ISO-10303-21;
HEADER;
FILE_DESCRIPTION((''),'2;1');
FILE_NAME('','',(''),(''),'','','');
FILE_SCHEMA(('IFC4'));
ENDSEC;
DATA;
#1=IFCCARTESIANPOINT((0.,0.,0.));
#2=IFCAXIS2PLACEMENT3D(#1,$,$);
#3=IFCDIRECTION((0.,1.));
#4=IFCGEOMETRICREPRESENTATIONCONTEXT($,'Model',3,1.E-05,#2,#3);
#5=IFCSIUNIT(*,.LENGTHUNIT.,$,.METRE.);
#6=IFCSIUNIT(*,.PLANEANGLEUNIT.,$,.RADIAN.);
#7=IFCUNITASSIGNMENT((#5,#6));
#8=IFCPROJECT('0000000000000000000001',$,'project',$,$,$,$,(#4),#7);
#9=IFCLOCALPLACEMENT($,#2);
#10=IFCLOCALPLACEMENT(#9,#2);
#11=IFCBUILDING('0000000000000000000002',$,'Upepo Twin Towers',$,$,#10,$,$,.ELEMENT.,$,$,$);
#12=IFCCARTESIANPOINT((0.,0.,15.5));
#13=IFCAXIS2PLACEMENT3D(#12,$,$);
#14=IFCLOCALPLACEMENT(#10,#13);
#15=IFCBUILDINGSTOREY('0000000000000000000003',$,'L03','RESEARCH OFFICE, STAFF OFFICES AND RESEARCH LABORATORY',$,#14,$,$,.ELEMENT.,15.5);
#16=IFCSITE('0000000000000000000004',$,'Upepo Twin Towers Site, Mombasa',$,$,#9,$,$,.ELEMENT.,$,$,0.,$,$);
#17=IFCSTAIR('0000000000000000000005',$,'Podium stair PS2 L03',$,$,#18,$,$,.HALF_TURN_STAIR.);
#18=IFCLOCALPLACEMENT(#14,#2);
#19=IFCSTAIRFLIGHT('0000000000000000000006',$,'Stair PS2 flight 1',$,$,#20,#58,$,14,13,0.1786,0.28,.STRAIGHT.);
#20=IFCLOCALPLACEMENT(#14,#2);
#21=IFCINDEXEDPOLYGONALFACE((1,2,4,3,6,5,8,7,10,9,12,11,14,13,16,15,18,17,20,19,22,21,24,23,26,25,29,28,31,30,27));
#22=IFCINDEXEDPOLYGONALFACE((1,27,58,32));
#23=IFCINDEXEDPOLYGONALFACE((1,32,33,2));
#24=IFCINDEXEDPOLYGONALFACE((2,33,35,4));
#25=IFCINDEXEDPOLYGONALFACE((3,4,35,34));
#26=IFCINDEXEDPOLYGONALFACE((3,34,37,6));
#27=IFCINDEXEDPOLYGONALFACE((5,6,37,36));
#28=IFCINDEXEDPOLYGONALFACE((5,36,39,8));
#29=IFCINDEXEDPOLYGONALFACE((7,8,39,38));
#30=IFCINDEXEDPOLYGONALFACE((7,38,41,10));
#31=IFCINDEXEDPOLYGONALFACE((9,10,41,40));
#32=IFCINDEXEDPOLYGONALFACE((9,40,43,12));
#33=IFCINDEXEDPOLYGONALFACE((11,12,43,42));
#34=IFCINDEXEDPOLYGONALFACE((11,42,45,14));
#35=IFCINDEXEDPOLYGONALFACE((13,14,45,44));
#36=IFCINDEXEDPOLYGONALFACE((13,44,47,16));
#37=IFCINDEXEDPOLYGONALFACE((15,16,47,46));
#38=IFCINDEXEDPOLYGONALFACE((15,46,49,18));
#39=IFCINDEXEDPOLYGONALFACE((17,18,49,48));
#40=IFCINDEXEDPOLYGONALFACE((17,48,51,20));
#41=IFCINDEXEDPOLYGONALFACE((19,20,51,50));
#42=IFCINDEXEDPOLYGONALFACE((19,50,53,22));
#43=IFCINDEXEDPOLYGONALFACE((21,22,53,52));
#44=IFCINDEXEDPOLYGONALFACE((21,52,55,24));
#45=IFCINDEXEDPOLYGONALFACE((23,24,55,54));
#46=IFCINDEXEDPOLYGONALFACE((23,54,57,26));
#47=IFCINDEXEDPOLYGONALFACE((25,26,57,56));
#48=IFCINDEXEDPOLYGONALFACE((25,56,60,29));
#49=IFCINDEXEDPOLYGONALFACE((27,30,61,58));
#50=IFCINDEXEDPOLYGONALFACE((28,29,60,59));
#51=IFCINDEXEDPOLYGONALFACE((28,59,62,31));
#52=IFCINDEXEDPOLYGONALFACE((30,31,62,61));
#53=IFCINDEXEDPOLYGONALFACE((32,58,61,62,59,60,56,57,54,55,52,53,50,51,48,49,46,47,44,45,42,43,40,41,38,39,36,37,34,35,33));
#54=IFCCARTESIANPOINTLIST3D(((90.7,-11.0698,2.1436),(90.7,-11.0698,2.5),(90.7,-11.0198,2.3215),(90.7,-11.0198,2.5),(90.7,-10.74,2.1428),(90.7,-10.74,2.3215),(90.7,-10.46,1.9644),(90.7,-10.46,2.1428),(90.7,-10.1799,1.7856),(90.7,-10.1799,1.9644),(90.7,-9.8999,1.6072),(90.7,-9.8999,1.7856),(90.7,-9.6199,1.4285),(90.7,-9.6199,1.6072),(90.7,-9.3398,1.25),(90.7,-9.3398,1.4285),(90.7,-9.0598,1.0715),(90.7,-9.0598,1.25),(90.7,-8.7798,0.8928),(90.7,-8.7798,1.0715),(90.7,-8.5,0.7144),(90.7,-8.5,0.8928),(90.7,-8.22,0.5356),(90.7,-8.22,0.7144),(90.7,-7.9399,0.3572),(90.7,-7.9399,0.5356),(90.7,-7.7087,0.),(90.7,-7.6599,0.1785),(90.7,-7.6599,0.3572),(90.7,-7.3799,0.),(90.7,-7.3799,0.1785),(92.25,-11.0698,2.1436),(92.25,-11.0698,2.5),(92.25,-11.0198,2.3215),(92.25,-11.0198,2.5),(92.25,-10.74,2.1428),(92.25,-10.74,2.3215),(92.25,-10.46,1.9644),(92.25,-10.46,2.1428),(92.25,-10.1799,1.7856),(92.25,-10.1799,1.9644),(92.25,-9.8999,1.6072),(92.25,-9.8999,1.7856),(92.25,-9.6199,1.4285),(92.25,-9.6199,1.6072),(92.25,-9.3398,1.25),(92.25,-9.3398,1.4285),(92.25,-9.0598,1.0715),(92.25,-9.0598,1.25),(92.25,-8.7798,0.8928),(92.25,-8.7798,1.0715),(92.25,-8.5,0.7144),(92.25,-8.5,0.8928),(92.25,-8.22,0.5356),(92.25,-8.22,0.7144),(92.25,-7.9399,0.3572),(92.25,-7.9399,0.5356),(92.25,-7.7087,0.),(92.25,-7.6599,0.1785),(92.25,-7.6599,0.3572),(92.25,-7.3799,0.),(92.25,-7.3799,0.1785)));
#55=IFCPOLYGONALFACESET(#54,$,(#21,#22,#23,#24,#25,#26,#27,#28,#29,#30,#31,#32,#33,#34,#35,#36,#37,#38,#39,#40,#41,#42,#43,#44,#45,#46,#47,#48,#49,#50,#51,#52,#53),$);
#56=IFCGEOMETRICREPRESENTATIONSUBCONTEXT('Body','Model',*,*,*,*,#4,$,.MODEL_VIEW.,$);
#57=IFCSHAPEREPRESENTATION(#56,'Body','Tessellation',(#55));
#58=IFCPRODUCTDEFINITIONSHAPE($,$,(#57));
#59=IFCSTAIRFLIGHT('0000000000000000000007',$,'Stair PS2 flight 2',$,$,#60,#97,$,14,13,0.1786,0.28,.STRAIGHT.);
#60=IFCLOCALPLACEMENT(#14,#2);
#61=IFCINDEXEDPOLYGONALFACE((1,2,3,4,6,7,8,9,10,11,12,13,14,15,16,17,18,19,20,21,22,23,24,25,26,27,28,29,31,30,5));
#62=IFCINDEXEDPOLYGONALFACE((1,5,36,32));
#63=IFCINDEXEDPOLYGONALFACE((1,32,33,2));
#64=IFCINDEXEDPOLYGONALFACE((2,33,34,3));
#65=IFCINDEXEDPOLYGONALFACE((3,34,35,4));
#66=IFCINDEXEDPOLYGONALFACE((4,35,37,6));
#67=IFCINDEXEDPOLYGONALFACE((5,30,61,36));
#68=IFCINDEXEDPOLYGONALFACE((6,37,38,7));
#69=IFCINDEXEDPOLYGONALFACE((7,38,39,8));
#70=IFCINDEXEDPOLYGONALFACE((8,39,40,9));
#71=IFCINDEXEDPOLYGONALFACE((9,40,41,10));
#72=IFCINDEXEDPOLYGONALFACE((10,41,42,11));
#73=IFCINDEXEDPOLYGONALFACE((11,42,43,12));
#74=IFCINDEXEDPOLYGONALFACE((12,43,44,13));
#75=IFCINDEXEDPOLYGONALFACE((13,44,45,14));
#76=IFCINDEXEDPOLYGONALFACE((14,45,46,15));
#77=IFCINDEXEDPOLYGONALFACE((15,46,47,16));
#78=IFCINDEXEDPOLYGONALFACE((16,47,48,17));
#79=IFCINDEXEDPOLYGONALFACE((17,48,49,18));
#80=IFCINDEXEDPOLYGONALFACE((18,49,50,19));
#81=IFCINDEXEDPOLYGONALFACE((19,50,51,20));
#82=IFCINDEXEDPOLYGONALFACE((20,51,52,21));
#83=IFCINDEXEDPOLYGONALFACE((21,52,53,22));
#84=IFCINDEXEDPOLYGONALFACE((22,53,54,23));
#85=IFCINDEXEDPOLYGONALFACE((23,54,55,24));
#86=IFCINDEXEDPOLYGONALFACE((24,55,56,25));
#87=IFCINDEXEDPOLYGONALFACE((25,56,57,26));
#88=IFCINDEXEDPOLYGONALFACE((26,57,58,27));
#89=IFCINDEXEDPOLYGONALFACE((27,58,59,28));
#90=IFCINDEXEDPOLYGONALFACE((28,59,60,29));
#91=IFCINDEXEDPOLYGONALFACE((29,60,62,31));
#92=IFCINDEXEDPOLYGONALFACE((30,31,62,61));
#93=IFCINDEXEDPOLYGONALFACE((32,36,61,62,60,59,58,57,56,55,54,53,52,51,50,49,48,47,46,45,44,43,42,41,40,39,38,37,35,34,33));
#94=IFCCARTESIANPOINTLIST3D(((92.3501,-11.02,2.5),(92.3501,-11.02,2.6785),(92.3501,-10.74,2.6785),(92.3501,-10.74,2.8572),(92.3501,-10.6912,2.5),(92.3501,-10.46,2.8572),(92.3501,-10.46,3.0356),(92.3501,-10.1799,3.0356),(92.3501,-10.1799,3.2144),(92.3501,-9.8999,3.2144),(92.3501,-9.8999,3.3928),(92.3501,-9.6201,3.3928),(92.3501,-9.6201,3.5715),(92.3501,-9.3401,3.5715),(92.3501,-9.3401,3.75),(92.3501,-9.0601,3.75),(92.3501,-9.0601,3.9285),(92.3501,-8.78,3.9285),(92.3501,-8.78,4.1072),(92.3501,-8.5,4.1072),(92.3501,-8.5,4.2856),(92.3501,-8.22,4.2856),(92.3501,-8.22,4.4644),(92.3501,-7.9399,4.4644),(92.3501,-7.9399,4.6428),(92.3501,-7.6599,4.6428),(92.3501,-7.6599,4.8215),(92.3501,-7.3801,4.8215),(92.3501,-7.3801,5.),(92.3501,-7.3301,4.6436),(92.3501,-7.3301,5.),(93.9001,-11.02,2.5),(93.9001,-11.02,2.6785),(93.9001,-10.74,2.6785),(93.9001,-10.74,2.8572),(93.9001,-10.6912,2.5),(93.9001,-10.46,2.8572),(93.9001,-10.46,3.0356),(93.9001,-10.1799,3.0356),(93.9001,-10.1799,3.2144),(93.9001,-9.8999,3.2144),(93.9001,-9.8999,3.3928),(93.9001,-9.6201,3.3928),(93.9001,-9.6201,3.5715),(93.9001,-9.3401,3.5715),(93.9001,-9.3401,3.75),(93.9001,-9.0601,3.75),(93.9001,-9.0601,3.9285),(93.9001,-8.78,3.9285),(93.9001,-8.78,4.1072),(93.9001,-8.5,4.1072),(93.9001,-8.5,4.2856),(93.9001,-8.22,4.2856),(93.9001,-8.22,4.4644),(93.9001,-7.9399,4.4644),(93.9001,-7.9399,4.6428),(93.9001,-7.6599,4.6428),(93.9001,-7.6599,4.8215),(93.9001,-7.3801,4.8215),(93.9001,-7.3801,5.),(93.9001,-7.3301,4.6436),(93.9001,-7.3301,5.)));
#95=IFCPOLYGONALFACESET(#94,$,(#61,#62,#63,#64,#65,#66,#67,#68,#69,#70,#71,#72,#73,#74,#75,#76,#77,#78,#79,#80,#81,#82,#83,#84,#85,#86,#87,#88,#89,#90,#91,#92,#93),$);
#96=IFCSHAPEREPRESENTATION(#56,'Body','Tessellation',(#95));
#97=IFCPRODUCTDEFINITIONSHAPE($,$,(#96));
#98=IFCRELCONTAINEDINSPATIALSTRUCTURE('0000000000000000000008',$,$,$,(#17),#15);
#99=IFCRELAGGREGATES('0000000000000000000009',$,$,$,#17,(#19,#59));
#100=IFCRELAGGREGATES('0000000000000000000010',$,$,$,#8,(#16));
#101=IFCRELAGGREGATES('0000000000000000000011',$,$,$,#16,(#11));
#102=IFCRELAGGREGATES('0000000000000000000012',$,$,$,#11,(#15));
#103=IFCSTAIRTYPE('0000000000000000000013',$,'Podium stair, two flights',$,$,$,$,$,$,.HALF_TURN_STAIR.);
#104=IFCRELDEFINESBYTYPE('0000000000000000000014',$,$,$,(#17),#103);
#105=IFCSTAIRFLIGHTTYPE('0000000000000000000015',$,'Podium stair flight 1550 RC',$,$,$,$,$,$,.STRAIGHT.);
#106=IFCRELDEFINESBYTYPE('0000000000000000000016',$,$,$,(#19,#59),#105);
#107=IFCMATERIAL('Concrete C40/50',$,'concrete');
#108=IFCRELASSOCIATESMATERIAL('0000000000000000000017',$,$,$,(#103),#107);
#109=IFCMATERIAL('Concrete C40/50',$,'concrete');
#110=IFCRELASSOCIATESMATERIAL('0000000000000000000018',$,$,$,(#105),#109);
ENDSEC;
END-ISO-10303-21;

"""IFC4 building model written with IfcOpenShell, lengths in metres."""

from ifc_helpers import new_model, si_unit, direction, frame, origin, place, context, subcontext, project, spatial, polyline, outline, extrude, material, type_object, element, aggregate, save


model = new_model("IFC4")

# Units and contexts
model_context = context("Model", 3, precision=1e-05, world=origin(), true_north=direction((0.0, 1.0)))
body_context = subcontext(model_context, "Body", "Model", "MODEL_VIEW")
ifc_project = project(units=[si_unit("LENGTHUNIT", "METRE"), si_unit("PLANEANGLEUNIT", "RADIAN")], contexts=[model_context])

# Site, building, storey
site_placement = place(None, origin())
site = spatial("IfcSite", under=ifc_project, at=site_placement, Name="Upepo Twin Towers Site, Mombasa", CompositionType="ELEMENT", RefElevation=0.0)
building_placement = place(site_placement, origin())
building = spatial("IfcBuilding", under=site, at=building_placement, Name="Upepo Twin Towers", CompositionType="ELEMENT")
storey_placement = place(building_placement, frame((0.0, 0.0, 15.5)))
storey = spatial("IfcBuildingStorey", under=building, at=storey_placement, Name="L03", Description="RESEARCH OFFICE, STAFF OFFICES AND RESEARCH LABORATORY", CompositionType="ELEMENT", Elevation=15.5)

# Stair, stair flights
ifc_material_1 = material(Name="Concrete C40/50", Category="concrete")
stair_type = type_object("IfcStairType", Name="Podium stair, two flights", PredefinedType="HALF_TURN_STAIR", material=ifc_material_1)
stair_placement = place(storey_placement, origin())
stair = element("IfcStair", 1, at=stair_placement, inside=storey, type_object=stair_type, Name="Podium stair PS2 L03", PredefinedType="HALF_TURN_STAIR")
ifc_material_2 = material(Name="Concrete C40/50", Category="concrete")
stair_flight_type = type_object("IfcStairFlightType", Name="Podium stair flight 1550 RC", PredefinedType="STRAIGHT", material=ifc_material_2)
stair_flight_1_placement = place(storey_placement, frame((91.4751, -7.3799, 0.0), z_axis=(0.0, 0.0, 1.0), x_axis=(0.0, -1.0, 0.0)))
stair_flight_1 = element("IfcStairFlight", 2, at=stair_flight_1_placement, type_object=stair_flight_type, Name="Stair PS2 flight 1", NumberOfRisers=14, NumberOfTreads=13, PredefinedType="STRAIGHT", RiserHeight=0.1786, TreadLength=0.28, context=body_context, shape_type="SweptSolid", body=[
    extrude(outline(polyline([(0.0, 0.0), (0.0, 0.1785), (0.28, 0.1785), (0.28, 0.3572), (0.5601, 0.3572), (0.5601, 0.5356), (0.8401, 0.5356), (0.8401, 0.7144), (1.1201, 0.7144), (1.1201, 0.8928), (1.3999, 0.8928), (1.3999, 1.0715), (1.6799, 1.0715), (1.6799, 1.25), (1.96, 1.25), (1.96, 1.4285), (2.24, 1.4285), (2.24, 1.6072), (2.52, 1.6072), (2.52, 1.7856), (2.8, 1.7856), (2.8, 1.9644), (3.0801, 1.9644), (3.0801, 2.1428), (3.3601, 2.1428), (3.3601, 2.3215), (3.6399, 2.3215), (3.6399, 2.5), (3.6899, 2.5), (3.6899, 2.1436), (0.3289, 0.0), (0.0, 0.0)])), frame((0.0, 0.7749, 0.0), z_axis=(0.0, -1.0, 0.0), x_axis=(1.0, 0.0, 0.0)), (0.0, 0.0, 1.0), 1.55),
])
stair_flight_2_placement = place(storey_placement, frame((93.125, -11.02, 2.5), z_axis=(0.0, 0.0, 1.0), x_axis=(0.0, 1.0, 0.0)))
stair_flight_2 = element("IfcStairFlight", 3, at=stair_flight_2_placement, type_object=stair_flight_type, Name="Stair PS2 flight 2", NumberOfRisers=14, NumberOfTreads=13, PredefinedType="STRAIGHT", RiserHeight=0.1786, TreadLength=0.28, context=body_context, shape_type="SweptSolid", body=[
    extrude(outline(polyline([(0.0, 0.0), (0.0, 0.1785), (0.28, 0.1785), (0.28, 0.3572), (0.5601, 0.3572), (0.5601, 0.5356), (0.8401, 0.5356), (0.8401, 0.7144), (1.1201, 0.7144), (1.1201, 0.8928), (1.3999, 0.8928), (1.3999, 1.0715), (1.6799, 1.0715), (1.6799, 1.25), (1.96, 1.25), (1.96, 1.4285), (2.24, 1.4285), (2.24, 1.6072), (2.52, 1.6072), (2.52, 1.7856), (2.8, 1.7856), (2.8, 1.9644), (3.0801, 1.9644), (3.0801, 2.1428), (3.3601, 2.1428), (3.3601, 2.3215), (3.6399, 2.3215), (3.6399, 2.5), (3.6899, 2.5), (3.6899, 2.1436), (0.3289, 0.0), (0.0, 0.0)])), frame((0.0, 0.7749, 0.0), z_axis=(0.0, -1.0, 0.0), x_axis=(1.0, 0.0, 0.0)), (0.0, 0.0, 1.0), 1.55),
])
aggregate(stair, [stair_flight_1, stair_flight_2])

save(model, "model.ifc")
